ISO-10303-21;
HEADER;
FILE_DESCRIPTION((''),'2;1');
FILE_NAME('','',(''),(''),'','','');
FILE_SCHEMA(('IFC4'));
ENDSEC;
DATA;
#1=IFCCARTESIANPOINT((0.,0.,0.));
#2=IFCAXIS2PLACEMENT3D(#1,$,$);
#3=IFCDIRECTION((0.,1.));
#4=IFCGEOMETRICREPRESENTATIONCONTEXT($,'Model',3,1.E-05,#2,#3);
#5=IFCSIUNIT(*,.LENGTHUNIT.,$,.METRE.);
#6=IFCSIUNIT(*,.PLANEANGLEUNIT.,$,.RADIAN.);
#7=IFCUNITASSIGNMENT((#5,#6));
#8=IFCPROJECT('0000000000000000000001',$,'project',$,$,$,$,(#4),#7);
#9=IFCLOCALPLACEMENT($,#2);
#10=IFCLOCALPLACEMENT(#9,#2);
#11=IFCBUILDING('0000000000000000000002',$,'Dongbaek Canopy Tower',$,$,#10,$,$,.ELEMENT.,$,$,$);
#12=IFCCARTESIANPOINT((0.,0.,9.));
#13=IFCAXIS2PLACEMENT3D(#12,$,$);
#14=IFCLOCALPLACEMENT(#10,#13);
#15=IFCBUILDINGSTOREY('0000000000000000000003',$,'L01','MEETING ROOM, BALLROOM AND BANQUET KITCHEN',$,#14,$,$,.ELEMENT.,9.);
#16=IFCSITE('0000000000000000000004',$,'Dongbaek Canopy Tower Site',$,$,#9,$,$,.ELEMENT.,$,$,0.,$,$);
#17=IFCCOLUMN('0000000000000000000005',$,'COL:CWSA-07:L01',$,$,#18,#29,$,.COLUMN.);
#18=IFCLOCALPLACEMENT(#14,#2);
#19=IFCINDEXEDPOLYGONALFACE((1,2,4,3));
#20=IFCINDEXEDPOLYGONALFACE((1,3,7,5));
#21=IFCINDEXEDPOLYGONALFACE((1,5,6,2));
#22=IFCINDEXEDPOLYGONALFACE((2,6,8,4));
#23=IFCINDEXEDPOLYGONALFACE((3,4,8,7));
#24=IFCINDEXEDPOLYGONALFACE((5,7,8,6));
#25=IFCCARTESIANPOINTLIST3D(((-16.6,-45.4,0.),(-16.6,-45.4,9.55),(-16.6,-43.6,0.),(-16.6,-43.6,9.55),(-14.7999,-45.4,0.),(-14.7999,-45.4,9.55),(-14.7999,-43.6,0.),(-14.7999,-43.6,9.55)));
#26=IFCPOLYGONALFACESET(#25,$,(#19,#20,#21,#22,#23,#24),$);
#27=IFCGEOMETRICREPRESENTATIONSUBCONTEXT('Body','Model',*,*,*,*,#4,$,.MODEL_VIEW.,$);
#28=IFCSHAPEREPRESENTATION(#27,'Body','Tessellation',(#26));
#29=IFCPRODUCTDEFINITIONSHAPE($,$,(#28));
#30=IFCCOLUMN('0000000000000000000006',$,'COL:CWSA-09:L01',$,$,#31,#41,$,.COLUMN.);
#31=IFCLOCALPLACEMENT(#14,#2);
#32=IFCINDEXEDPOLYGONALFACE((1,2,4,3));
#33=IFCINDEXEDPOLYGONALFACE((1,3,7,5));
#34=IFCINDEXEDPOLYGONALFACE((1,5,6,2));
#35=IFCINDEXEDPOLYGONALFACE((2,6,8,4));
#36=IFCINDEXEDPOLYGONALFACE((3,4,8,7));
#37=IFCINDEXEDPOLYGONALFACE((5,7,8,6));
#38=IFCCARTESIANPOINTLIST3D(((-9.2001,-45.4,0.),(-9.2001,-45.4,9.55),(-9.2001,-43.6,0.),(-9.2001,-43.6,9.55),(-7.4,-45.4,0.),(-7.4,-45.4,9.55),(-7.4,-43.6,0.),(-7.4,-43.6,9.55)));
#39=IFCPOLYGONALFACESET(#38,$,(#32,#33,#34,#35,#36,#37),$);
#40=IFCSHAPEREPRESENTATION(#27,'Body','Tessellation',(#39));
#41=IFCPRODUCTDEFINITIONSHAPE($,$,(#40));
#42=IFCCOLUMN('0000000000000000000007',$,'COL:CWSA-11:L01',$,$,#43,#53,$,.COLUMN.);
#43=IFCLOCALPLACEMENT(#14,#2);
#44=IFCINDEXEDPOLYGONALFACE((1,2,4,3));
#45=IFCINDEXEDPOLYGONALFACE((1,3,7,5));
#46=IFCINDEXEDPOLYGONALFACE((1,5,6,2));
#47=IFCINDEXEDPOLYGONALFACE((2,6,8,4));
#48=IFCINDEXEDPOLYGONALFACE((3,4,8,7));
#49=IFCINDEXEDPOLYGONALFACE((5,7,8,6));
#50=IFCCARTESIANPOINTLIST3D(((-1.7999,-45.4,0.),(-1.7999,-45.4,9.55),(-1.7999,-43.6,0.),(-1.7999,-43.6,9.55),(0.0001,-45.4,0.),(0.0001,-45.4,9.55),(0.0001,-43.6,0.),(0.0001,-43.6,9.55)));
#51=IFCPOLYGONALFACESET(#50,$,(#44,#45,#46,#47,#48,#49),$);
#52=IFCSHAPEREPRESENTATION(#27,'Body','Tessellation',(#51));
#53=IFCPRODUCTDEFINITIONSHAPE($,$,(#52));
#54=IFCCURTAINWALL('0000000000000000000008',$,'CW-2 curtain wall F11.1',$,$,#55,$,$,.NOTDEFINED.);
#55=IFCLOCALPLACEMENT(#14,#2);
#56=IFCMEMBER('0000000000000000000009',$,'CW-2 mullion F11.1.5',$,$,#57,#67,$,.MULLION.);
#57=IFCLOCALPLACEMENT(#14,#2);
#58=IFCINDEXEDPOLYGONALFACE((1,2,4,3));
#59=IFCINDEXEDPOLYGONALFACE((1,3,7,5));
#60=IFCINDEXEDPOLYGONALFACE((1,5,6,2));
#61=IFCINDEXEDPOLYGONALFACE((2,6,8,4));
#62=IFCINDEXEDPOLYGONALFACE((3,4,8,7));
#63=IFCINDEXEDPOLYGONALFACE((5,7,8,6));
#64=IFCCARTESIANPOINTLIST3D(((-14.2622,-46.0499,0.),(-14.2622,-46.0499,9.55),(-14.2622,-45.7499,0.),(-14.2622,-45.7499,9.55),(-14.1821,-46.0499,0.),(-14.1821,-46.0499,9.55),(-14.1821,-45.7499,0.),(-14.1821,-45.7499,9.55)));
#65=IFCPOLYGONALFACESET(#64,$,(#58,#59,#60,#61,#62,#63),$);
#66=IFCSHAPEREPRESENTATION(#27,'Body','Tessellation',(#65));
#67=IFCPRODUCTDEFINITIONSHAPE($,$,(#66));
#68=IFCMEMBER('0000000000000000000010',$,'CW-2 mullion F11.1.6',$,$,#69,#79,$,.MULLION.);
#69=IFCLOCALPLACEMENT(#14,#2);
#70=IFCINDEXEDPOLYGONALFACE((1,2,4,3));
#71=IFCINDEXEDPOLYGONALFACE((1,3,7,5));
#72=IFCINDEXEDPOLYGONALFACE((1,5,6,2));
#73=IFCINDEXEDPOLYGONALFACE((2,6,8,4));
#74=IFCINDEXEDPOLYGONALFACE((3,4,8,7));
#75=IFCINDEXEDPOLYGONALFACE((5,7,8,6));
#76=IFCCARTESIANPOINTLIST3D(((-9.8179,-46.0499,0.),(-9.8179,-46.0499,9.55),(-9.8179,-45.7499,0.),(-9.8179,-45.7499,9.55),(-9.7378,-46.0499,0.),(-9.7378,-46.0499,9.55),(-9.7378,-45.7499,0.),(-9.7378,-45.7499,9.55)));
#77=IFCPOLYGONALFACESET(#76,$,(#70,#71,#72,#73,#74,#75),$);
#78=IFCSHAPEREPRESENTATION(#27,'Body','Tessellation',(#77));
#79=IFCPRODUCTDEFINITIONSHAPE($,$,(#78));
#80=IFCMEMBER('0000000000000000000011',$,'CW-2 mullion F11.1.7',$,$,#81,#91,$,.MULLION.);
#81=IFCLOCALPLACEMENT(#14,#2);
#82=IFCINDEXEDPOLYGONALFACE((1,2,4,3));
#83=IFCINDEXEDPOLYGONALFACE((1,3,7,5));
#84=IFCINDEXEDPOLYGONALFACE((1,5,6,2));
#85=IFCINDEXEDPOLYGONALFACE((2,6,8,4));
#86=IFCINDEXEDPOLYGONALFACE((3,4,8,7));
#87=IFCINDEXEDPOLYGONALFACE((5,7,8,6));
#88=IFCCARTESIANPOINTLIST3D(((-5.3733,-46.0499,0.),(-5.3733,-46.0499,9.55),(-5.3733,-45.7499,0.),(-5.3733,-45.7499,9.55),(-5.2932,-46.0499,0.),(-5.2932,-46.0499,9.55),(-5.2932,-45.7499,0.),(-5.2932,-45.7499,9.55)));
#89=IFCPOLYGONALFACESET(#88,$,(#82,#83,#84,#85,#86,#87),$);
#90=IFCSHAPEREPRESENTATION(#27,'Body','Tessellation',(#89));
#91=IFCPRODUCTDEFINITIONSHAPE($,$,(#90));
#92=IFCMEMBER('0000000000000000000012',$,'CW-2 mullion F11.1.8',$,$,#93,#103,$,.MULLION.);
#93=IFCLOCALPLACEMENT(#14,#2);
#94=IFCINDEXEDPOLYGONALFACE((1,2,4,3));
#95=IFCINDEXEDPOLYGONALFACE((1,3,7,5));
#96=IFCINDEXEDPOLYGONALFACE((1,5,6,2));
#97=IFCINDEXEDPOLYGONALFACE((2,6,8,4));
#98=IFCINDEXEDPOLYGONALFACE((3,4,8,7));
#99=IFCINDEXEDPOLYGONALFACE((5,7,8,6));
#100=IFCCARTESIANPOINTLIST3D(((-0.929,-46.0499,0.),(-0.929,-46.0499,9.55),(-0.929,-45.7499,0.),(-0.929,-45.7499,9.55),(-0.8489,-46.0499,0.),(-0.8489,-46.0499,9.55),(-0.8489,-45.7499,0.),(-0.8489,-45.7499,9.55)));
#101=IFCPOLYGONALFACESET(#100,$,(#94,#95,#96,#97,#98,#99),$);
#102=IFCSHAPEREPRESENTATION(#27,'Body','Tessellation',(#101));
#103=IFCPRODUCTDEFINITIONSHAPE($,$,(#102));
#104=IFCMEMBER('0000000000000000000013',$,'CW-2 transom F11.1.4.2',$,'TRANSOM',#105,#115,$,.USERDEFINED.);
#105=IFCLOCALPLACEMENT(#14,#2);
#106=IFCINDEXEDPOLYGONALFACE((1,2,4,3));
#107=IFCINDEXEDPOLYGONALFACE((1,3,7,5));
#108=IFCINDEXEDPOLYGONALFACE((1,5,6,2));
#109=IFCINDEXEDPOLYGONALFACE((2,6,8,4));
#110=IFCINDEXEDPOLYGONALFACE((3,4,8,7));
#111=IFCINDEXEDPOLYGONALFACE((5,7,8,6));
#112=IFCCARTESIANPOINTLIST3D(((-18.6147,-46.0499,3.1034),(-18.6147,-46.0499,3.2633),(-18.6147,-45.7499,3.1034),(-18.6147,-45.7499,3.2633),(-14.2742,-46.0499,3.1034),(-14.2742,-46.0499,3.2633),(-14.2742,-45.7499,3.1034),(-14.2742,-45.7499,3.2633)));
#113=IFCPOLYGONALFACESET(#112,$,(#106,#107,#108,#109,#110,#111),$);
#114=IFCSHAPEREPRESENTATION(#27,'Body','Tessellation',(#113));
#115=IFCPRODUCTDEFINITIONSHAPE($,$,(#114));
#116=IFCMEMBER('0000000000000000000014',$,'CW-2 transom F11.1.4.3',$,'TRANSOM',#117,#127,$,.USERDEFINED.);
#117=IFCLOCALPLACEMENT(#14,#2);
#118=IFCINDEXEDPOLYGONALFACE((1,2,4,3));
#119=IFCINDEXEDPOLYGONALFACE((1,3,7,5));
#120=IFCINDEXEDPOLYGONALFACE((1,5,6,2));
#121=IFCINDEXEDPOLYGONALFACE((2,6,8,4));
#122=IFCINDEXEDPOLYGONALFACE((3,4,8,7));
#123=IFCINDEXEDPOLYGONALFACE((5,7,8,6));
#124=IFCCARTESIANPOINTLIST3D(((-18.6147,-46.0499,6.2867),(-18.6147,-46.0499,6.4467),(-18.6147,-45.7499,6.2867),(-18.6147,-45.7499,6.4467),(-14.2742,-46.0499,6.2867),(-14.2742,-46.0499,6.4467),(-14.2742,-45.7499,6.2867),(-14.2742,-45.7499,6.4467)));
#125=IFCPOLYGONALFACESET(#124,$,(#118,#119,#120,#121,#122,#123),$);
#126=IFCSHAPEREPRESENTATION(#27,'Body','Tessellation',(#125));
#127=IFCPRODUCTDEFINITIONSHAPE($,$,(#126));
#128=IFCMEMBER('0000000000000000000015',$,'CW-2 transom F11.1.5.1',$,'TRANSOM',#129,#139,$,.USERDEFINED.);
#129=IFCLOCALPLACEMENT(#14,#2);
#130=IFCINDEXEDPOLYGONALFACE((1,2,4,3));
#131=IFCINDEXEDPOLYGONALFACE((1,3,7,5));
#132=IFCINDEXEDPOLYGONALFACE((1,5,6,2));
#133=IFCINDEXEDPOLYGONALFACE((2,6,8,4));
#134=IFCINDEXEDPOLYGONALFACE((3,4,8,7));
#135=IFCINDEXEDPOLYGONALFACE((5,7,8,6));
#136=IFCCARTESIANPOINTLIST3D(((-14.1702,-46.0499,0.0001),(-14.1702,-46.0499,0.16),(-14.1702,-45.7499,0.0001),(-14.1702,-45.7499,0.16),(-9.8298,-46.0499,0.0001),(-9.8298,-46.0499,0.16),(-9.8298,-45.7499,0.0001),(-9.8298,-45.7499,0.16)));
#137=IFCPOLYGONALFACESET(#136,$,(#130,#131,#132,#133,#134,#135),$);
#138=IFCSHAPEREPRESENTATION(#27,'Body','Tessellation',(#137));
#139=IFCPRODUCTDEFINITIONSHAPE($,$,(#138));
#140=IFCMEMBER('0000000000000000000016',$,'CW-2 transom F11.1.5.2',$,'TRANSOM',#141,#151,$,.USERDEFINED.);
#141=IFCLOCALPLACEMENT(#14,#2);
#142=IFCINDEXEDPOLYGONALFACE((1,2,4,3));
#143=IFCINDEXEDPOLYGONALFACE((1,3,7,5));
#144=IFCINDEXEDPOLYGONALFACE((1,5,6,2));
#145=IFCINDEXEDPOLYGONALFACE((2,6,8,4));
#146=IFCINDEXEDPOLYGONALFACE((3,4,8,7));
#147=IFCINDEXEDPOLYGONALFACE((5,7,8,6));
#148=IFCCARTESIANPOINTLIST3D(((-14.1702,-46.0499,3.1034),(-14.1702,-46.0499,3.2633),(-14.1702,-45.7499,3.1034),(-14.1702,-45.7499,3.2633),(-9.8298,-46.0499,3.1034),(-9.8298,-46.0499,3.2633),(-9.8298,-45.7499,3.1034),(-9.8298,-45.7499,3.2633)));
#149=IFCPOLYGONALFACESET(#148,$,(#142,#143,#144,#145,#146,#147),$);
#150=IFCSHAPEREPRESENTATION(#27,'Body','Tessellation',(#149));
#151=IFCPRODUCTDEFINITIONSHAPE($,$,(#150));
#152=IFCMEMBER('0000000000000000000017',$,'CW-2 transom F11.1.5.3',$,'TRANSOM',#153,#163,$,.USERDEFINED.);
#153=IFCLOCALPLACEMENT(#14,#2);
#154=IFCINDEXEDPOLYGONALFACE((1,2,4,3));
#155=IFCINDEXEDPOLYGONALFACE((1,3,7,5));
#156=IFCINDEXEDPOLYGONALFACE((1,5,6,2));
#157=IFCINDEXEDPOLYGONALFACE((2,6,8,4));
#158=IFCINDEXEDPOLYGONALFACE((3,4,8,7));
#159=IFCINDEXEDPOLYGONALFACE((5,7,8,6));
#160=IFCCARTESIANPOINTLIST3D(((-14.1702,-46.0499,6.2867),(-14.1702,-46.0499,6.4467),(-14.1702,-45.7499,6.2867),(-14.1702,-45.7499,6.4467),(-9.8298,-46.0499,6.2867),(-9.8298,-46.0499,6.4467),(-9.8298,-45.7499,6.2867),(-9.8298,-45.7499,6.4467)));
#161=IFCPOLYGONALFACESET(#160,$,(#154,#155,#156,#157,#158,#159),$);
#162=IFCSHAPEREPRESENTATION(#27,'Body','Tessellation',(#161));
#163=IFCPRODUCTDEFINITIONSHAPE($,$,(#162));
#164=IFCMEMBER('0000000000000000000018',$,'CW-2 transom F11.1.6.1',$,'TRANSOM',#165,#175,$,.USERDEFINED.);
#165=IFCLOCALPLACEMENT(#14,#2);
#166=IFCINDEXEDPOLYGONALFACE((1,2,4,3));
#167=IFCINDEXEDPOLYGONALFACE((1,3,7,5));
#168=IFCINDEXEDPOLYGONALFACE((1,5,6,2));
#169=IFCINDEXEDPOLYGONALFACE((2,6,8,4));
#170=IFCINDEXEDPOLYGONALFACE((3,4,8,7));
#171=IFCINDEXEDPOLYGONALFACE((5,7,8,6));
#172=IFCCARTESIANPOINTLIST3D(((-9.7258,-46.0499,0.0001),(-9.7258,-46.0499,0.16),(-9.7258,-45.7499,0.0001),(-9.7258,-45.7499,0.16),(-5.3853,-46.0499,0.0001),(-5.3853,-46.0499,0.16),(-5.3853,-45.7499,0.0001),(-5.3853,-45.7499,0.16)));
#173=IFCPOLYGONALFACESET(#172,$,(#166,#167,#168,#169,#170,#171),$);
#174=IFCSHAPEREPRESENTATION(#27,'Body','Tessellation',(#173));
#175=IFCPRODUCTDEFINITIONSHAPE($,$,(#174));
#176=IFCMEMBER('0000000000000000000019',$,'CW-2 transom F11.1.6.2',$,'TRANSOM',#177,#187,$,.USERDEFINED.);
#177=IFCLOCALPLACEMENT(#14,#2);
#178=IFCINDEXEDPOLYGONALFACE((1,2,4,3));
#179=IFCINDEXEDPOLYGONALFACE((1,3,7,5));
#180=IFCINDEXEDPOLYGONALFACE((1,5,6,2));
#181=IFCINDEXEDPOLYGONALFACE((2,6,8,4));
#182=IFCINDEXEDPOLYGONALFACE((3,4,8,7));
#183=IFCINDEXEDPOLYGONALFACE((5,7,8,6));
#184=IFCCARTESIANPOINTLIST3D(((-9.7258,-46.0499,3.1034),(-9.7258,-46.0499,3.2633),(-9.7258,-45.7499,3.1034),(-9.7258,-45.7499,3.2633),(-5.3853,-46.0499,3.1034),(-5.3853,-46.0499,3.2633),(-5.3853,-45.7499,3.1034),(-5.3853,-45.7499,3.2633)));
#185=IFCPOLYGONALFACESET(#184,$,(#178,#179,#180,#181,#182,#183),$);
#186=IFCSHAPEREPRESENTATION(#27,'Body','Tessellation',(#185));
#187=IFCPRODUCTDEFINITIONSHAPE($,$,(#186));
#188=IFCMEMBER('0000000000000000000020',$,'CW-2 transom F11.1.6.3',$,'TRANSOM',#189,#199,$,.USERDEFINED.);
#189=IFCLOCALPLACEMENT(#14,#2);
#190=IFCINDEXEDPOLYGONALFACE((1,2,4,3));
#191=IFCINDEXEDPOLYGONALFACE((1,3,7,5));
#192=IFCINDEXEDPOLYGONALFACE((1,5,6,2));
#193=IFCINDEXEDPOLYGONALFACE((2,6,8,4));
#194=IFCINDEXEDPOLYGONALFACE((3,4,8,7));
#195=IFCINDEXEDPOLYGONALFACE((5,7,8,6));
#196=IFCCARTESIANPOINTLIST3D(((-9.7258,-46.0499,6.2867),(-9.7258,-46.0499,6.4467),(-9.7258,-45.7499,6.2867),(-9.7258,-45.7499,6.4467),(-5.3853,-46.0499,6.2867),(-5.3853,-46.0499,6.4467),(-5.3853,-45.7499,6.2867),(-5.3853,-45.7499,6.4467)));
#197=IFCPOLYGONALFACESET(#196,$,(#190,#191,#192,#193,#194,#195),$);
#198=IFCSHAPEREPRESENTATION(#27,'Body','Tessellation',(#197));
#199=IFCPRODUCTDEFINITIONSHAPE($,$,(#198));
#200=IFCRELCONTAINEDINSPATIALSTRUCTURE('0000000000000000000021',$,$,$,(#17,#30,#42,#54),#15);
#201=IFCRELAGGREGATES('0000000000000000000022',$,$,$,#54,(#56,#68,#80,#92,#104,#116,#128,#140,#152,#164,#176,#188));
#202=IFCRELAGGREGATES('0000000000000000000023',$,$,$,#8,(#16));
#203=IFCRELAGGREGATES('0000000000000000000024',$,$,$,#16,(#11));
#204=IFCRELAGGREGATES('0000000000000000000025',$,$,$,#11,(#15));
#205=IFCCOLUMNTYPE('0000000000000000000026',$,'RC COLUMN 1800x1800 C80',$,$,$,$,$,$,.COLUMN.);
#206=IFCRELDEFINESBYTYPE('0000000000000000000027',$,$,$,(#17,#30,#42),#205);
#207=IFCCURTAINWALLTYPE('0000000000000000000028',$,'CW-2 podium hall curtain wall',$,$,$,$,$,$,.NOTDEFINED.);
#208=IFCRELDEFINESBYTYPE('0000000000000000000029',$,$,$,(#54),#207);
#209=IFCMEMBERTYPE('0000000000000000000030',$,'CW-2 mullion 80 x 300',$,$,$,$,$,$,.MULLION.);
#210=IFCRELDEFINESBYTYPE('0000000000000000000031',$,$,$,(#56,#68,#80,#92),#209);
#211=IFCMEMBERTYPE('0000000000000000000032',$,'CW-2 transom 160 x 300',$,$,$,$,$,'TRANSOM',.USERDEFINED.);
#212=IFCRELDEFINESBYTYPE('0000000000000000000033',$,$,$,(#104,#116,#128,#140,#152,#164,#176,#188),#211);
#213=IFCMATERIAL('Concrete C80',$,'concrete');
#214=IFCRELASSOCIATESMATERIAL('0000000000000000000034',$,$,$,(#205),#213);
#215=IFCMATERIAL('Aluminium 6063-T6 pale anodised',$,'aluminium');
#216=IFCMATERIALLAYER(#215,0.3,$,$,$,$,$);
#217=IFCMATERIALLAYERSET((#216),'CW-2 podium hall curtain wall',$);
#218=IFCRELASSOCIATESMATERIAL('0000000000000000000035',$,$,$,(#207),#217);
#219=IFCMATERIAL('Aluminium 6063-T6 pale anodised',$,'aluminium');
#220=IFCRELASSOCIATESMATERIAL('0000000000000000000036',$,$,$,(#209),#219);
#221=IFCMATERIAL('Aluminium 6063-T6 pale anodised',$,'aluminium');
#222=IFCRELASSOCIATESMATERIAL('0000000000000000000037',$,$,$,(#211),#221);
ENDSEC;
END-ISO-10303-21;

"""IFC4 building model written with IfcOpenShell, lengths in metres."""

from ifc_helpers import new_model, si_unit, direction, frame, origin, origin_2d, place, context, subcontext, project, spatial, rectangle, extrude, material, layer, layer_set, material_profile, profile_set, type_object, element, aggregate, save


model = new_model("IFC4")

# Units and contexts
model_context = context("Model", 3, precision=1e-05, world=origin(), true_north=direction((0.0, 1.0)))
body_context = subcontext(model_context, "Body", "Model", "MODEL_VIEW")
ifc_project = project(units=[si_unit("LENGTHUNIT", "METRE"), si_unit("PLANEANGLEUNIT", "RADIAN")], contexts=[model_context])

# Site, building, storey
site_placement = place(None, origin())
site = spatial("IfcSite", under=ifc_project, at=site_placement, Name="Dongbaek Canopy Tower Site", CompositionType="ELEMENT", RefElevation=0.0)
building_placement = place(site_placement, origin())
building = spatial("IfcBuilding", under=site, at=building_placement, Name="Dongbaek Canopy Tower", CompositionType="ELEMENT")
storey_placement = place(building_placement, frame((0.0, 0.0, 9.0)))
storey = spatial("IfcBuildingStorey", under=building, at=storey_placement, Name="L01", Description="MEETING ROOM, BALLROOM AND BANQUET KITCHEN", CompositionType="ELEMENT", Elevation=9.0)

# Columns
ifc_material_1 = material(Name="Concrete C80", Category="concrete")
ifc_material_profile_1 = material_profile(ifc_material_1, rectangle(XDim=1.8, YDim=1.8, at=origin_2d()), Name="RC COLUMN 1800x1800 C80")
ifc_profile_set_1 = profile_set([ifc_material_profile_1], Name="Concrete C80")
column_type = type_object("IfcColumnType", Name="RC COLUMN 1800x1800 C80", PredefinedType="COLUMN", material=ifc_profile_set_1)
for number, where, z_axis, x_axis, name in (
    (1, (-15.7, -44.5, 0.0), (0.0, 0.0, 1.0), (1.0, 0.0, 0.0), "COL:CWSA-07:L01"),
    (2, (-8.3, -44.5, 0.0), (0.0, 0.0, 1.0), (1.0, 0.0, 0.0), "COL:CWSA-09:L01"),
    (3, (-0.8999, -44.5, 0.0), (0.0, 0.0, 1.0), (1.0, 0.0, 0.0), "COL:CWSA-11:L01"),
):
    element("IfcColumn", number, at=place(storey_placement, frame(where, z_axis=z_axis, x_axis=x_axis)), inside=storey, type_object=column_type, Name=name, PredefinedType="COLUMN", context=body_context, shape_type="SweptSolid", body=[
        extrude(rectangle(XDim=1.8, YDim=1.8, at=origin_2d()), origin(), (0.0, 0.0, 1.0), 9.55),
    ])

# Curtain wall, members
ifc_material_2 = material(Name="Aluminium 6063-T6 pale anodised", Category="aluminium")
ifc_layer_1 = layer(ifc_material_2, 0.3)
ifc_layer_set_1 = layer_set([ifc_layer_1], Name="CW-2 podium hall curtain wall")
curtain_wall_type = type_object("IfcCurtainWallType", Name="CW-2 podium hall curtain wall", PredefinedType="NOTDEFINED", material=ifc_layer_set_1)
curtain_wall_placement = place(storey_placement, origin())
curtain_wall = element("IfcCurtainWall", 4, at=curtain_wall_placement, inside=storey, type_object=curtain_wall_type, Name="CW-2 curtain wall F11.1", PredefinedType="NOTDEFINED")
ifc_material_3 = material(Name="Aluminium 6063-T6 pale anodised", Category="aluminium")
ifc_material_profile_2 = material_profile(ifc_material_3, rectangle(XDim=0.3, YDim=0.0801, at=origin_2d()), Name="CW-2 mullion 80 x 300")
ifc_profile_set_2 = profile_set([ifc_material_profile_2], Name="Aluminium 6063-T6 pale anodised")
member_type_1 = type_object("IfcMemberType", Name="CW-2 mullion 80 x 300", PredefinedType="MULLION", material=ifc_profile_set_2)
member_1_placement = place(storey_placement, frame((-14.2222, -45.8999, 0.0), z_axis=(0.0, 0.0, 1.0), x_axis=(0.0, -1.0, 0.0)))
member_1 = element("IfcMember", 5, at=member_1_placement, type_object=member_type_1, Name="CW-2 mullion F11.1.5", PredefinedType="MULLION", context=body_context, shape_type="SweptSolid", body=[
    extrude(rectangle(XDim=0.3, YDim=0.0801, at=origin_2d()), origin(), (0.0, 0.0, 1.0), 9.55),
])
member_2_placement = place(storey_placement, frame((-9.7778, -45.8999, 0.0), z_axis=(0.0, 0.0, 1.0), x_axis=(0.0, -1.0, 0.0)))
member_2 = element("IfcMember", 6, at=member_2_placement, type_object=member_type_1, Name="CW-2 mullion F11.1.6", PredefinedType="MULLION", context=body_context, shape_type="SweptSolid", body=[
    extrude(rectangle(XDim=0.3, YDim=0.0801, at=origin_2d()), origin(), (0.0, 0.0, 1.0), 9.55),
])
member_3_placement = place(storey_placement, frame((-5.3333, -45.8999, 0.0), z_axis=(0.0, 0.0, 1.0), x_axis=(0.0, -1.0, 0.0)))
member_3 = element("IfcMember", 7, at=member_3_placement, type_object=member_type_1, Name="CW-2 mullion F11.1.7", PredefinedType="MULLION", context=body_context, shape_type="SweptSolid", body=[
    extrude(rectangle(XDim=0.3, YDim=0.0801, at=origin_2d()), origin(), (0.0, 0.0, 1.0), 9.55),
])
member_4_placement = place(storey_placement, frame((-0.8889, -45.8999, 0.0), z_axis=(0.0, 0.0, 1.0), x_axis=(0.0, -1.0, 0.0)))
member_4 = element("IfcMember", 8, at=member_4_placement, type_object=member_type_1, Name="CW-2 mullion F11.1.8", PredefinedType="MULLION", context=body_context, shape_type="SweptSolid", body=[
    extrude(rectangle(XDim=0.3, YDim=0.0801, at=origin_2d()), origin(), (0.0, 0.0, 1.0), 9.55),
])
ifc_material_4 = material(Name="Aluminium 6063-T6 pale anodised", Category="aluminium")
ifc_material_profile_3 = material_profile(ifc_material_4, rectangle(XDim=0.3, YDim=0.1599, at=origin_2d()), Name="CW-2 transom 160 x 300")
ifc_profile_set_3 = profile_set([ifc_material_profile_3], Name="Aluminium 6063-T6 pale anodised")
member_type_2 = type_object("IfcMemberType", Name="CW-2 transom 160 x 300", ElementType="TRANSOM", PredefinedType="USERDEFINED", material=ifc_profile_set_3)
member_5_placement = place(storey_placement, frame((-18.6147, -45.8999, 3.1833), z_axis=(1.0, 0.0, 0.0), x_axis=(0.0, 1.0, 0.0)))
member_5 = element("IfcMember", 9, at=member_5_placement, type_object=member_type_2, Name="CW-2 transom F11.1.4.2", ObjectType="TRANSOM", PredefinedType="USERDEFINED", context=body_context, shape_type="SweptSolid", body=[
    extrude(rectangle(XDim=0.3, YDim=0.1599, at=origin_2d()), origin(), (0.0, 0.0, 1.0), 4.3406),
])
member_6_placement = place(storey_placement, frame((-18.6147, -45.8999, 6.3667), z_axis=(1.0, 0.0, 0.0), x_axis=(0.0, 1.0, 0.0)))
member_6 = element("IfcMember", 10, at=member_6_placement, type_object=member_type_2, Name="CW-2 transom F11.1.4.3", ObjectType="TRANSOM", PredefinedType="USERDEFINED", context=body_context, shape_type="SweptSolid", body=[
    extrude(rectangle(XDim=0.3, YDim=0.1599, at=origin_2d()), origin(), (0.0, 0.0, 1.0), 4.3406),
])
member_7_placement = place(storey_placement, frame((-14.1702, -45.8999, 0.0801), z_axis=(1.0, 0.0, 0.0), x_axis=(0.0, 1.0, 0.0)))
member_7 = element("IfcMember", 11, at=member_7_placement, type_object=member_type_2, Name="CW-2 transom F11.1.5.1", ObjectType="TRANSOM", PredefinedType="USERDEFINED", context=body_context, shape_type="SweptSolid", body=[
    extrude(rectangle(XDim=0.3, YDim=0.1599, at=origin_2d()), origin(), (0.0, 0.0, 1.0), 4.3403),
])
member_8_placement = place(storey_placement, frame((-14.1702, -45.8999, 3.1833), z_axis=(1.0, 0.0, 0.0), x_axis=(0.0, 1.0, 0.0)))
member_8 = element("IfcMember", 12, at=member_8_placement, type_object=member_type_2, Name="CW-2 transom F11.1.5.2", ObjectType="TRANSOM", PredefinedType="USERDEFINED", context=body_context, shape_type="SweptSolid", body=[
    extrude(rectangle(XDim=0.3, YDim=0.1599, at=origin_2d()), origin(), (0.0, 0.0, 1.0), 4.3403),
])
member_9_placement = place(storey_placement, frame((-14.1702, -45.8999, 6.3667), z_axis=(1.0, 0.0, 0.0), x_axis=(0.0, 1.0, 0.0)))
member_9 = element("IfcMember", 13, at=member_9_placement, type_object=member_type_2, Name="CW-2 transom F11.1.5.3", ObjectType="TRANSOM", PredefinedType="USERDEFINED", context=body_context, shape_type="SweptSolid", body=[
    extrude(rectangle(XDim=0.3, YDim=0.1599, at=origin_2d()), origin(), (0.0, 0.0, 1.0), 4.3403),
])
member_10_placement = place(storey_placement, frame((-9.7258, -45.8999, 0.0801), z_axis=(1.0, 0.0, 0.0), x_axis=(0.0, 1.0, 0.0)))
member_10 = element("IfcMember", 14, at=member_10_placement, type_object=member_type_2, Name="CW-2 transom F11.1.6.1", ObjectType="TRANSOM", PredefinedType="USERDEFINED", context=body_context, shape_type="SweptSolid", body=[
    extrude(rectangle(XDim=0.3, YDim=0.1599, at=origin_2d()), origin(), (0.0, 0.0, 1.0), 4.3406),
])
member_11_placement = place(storey_placement, frame((-9.7258, -45.8999, 3.1833), z_axis=(1.0, 0.0, 0.0), x_axis=(0.0, 1.0, 0.0)))
member_11 = element("IfcMember", 15, at=member_11_placement, type_object=member_type_2, Name="CW-2 transom F11.1.6.2", ObjectType="TRANSOM", PredefinedType="USERDEFINED", context=body_context, shape_type="SweptSolid", body=[
    extrude(rectangle(XDim=0.3, YDim=0.1599, at=origin_2d()), origin(), (0.0, 0.0, 1.0), 4.3406),
])
member_12_placement = place(storey_placement, frame((-9.7258, -45.8999, 6.3667), z_axis=(1.0, 0.0, 0.0), x_axis=(0.0, 1.0, 0.0)))
member_12 = element("IfcMember", 16, at=member_12_placement, type_object=member_type_2, Name="CW-2 transom F11.1.6.3", ObjectType="TRANSOM", PredefinedType="USERDEFINED", context=body_context, shape_type="SweptSolid", body=[
    extrude(rectangle(XDim=0.3, YDim=0.1599, at=origin_2d()), origin(), (0.0, 0.0, 1.0), 4.3406),
])
aggregate(curtain_wall, [member_1, member_2, member_3, member_4, member_5, member_6, member_7, member_8, member_9, member_10, member_11, member_12])

save(model, "model.ifc")
